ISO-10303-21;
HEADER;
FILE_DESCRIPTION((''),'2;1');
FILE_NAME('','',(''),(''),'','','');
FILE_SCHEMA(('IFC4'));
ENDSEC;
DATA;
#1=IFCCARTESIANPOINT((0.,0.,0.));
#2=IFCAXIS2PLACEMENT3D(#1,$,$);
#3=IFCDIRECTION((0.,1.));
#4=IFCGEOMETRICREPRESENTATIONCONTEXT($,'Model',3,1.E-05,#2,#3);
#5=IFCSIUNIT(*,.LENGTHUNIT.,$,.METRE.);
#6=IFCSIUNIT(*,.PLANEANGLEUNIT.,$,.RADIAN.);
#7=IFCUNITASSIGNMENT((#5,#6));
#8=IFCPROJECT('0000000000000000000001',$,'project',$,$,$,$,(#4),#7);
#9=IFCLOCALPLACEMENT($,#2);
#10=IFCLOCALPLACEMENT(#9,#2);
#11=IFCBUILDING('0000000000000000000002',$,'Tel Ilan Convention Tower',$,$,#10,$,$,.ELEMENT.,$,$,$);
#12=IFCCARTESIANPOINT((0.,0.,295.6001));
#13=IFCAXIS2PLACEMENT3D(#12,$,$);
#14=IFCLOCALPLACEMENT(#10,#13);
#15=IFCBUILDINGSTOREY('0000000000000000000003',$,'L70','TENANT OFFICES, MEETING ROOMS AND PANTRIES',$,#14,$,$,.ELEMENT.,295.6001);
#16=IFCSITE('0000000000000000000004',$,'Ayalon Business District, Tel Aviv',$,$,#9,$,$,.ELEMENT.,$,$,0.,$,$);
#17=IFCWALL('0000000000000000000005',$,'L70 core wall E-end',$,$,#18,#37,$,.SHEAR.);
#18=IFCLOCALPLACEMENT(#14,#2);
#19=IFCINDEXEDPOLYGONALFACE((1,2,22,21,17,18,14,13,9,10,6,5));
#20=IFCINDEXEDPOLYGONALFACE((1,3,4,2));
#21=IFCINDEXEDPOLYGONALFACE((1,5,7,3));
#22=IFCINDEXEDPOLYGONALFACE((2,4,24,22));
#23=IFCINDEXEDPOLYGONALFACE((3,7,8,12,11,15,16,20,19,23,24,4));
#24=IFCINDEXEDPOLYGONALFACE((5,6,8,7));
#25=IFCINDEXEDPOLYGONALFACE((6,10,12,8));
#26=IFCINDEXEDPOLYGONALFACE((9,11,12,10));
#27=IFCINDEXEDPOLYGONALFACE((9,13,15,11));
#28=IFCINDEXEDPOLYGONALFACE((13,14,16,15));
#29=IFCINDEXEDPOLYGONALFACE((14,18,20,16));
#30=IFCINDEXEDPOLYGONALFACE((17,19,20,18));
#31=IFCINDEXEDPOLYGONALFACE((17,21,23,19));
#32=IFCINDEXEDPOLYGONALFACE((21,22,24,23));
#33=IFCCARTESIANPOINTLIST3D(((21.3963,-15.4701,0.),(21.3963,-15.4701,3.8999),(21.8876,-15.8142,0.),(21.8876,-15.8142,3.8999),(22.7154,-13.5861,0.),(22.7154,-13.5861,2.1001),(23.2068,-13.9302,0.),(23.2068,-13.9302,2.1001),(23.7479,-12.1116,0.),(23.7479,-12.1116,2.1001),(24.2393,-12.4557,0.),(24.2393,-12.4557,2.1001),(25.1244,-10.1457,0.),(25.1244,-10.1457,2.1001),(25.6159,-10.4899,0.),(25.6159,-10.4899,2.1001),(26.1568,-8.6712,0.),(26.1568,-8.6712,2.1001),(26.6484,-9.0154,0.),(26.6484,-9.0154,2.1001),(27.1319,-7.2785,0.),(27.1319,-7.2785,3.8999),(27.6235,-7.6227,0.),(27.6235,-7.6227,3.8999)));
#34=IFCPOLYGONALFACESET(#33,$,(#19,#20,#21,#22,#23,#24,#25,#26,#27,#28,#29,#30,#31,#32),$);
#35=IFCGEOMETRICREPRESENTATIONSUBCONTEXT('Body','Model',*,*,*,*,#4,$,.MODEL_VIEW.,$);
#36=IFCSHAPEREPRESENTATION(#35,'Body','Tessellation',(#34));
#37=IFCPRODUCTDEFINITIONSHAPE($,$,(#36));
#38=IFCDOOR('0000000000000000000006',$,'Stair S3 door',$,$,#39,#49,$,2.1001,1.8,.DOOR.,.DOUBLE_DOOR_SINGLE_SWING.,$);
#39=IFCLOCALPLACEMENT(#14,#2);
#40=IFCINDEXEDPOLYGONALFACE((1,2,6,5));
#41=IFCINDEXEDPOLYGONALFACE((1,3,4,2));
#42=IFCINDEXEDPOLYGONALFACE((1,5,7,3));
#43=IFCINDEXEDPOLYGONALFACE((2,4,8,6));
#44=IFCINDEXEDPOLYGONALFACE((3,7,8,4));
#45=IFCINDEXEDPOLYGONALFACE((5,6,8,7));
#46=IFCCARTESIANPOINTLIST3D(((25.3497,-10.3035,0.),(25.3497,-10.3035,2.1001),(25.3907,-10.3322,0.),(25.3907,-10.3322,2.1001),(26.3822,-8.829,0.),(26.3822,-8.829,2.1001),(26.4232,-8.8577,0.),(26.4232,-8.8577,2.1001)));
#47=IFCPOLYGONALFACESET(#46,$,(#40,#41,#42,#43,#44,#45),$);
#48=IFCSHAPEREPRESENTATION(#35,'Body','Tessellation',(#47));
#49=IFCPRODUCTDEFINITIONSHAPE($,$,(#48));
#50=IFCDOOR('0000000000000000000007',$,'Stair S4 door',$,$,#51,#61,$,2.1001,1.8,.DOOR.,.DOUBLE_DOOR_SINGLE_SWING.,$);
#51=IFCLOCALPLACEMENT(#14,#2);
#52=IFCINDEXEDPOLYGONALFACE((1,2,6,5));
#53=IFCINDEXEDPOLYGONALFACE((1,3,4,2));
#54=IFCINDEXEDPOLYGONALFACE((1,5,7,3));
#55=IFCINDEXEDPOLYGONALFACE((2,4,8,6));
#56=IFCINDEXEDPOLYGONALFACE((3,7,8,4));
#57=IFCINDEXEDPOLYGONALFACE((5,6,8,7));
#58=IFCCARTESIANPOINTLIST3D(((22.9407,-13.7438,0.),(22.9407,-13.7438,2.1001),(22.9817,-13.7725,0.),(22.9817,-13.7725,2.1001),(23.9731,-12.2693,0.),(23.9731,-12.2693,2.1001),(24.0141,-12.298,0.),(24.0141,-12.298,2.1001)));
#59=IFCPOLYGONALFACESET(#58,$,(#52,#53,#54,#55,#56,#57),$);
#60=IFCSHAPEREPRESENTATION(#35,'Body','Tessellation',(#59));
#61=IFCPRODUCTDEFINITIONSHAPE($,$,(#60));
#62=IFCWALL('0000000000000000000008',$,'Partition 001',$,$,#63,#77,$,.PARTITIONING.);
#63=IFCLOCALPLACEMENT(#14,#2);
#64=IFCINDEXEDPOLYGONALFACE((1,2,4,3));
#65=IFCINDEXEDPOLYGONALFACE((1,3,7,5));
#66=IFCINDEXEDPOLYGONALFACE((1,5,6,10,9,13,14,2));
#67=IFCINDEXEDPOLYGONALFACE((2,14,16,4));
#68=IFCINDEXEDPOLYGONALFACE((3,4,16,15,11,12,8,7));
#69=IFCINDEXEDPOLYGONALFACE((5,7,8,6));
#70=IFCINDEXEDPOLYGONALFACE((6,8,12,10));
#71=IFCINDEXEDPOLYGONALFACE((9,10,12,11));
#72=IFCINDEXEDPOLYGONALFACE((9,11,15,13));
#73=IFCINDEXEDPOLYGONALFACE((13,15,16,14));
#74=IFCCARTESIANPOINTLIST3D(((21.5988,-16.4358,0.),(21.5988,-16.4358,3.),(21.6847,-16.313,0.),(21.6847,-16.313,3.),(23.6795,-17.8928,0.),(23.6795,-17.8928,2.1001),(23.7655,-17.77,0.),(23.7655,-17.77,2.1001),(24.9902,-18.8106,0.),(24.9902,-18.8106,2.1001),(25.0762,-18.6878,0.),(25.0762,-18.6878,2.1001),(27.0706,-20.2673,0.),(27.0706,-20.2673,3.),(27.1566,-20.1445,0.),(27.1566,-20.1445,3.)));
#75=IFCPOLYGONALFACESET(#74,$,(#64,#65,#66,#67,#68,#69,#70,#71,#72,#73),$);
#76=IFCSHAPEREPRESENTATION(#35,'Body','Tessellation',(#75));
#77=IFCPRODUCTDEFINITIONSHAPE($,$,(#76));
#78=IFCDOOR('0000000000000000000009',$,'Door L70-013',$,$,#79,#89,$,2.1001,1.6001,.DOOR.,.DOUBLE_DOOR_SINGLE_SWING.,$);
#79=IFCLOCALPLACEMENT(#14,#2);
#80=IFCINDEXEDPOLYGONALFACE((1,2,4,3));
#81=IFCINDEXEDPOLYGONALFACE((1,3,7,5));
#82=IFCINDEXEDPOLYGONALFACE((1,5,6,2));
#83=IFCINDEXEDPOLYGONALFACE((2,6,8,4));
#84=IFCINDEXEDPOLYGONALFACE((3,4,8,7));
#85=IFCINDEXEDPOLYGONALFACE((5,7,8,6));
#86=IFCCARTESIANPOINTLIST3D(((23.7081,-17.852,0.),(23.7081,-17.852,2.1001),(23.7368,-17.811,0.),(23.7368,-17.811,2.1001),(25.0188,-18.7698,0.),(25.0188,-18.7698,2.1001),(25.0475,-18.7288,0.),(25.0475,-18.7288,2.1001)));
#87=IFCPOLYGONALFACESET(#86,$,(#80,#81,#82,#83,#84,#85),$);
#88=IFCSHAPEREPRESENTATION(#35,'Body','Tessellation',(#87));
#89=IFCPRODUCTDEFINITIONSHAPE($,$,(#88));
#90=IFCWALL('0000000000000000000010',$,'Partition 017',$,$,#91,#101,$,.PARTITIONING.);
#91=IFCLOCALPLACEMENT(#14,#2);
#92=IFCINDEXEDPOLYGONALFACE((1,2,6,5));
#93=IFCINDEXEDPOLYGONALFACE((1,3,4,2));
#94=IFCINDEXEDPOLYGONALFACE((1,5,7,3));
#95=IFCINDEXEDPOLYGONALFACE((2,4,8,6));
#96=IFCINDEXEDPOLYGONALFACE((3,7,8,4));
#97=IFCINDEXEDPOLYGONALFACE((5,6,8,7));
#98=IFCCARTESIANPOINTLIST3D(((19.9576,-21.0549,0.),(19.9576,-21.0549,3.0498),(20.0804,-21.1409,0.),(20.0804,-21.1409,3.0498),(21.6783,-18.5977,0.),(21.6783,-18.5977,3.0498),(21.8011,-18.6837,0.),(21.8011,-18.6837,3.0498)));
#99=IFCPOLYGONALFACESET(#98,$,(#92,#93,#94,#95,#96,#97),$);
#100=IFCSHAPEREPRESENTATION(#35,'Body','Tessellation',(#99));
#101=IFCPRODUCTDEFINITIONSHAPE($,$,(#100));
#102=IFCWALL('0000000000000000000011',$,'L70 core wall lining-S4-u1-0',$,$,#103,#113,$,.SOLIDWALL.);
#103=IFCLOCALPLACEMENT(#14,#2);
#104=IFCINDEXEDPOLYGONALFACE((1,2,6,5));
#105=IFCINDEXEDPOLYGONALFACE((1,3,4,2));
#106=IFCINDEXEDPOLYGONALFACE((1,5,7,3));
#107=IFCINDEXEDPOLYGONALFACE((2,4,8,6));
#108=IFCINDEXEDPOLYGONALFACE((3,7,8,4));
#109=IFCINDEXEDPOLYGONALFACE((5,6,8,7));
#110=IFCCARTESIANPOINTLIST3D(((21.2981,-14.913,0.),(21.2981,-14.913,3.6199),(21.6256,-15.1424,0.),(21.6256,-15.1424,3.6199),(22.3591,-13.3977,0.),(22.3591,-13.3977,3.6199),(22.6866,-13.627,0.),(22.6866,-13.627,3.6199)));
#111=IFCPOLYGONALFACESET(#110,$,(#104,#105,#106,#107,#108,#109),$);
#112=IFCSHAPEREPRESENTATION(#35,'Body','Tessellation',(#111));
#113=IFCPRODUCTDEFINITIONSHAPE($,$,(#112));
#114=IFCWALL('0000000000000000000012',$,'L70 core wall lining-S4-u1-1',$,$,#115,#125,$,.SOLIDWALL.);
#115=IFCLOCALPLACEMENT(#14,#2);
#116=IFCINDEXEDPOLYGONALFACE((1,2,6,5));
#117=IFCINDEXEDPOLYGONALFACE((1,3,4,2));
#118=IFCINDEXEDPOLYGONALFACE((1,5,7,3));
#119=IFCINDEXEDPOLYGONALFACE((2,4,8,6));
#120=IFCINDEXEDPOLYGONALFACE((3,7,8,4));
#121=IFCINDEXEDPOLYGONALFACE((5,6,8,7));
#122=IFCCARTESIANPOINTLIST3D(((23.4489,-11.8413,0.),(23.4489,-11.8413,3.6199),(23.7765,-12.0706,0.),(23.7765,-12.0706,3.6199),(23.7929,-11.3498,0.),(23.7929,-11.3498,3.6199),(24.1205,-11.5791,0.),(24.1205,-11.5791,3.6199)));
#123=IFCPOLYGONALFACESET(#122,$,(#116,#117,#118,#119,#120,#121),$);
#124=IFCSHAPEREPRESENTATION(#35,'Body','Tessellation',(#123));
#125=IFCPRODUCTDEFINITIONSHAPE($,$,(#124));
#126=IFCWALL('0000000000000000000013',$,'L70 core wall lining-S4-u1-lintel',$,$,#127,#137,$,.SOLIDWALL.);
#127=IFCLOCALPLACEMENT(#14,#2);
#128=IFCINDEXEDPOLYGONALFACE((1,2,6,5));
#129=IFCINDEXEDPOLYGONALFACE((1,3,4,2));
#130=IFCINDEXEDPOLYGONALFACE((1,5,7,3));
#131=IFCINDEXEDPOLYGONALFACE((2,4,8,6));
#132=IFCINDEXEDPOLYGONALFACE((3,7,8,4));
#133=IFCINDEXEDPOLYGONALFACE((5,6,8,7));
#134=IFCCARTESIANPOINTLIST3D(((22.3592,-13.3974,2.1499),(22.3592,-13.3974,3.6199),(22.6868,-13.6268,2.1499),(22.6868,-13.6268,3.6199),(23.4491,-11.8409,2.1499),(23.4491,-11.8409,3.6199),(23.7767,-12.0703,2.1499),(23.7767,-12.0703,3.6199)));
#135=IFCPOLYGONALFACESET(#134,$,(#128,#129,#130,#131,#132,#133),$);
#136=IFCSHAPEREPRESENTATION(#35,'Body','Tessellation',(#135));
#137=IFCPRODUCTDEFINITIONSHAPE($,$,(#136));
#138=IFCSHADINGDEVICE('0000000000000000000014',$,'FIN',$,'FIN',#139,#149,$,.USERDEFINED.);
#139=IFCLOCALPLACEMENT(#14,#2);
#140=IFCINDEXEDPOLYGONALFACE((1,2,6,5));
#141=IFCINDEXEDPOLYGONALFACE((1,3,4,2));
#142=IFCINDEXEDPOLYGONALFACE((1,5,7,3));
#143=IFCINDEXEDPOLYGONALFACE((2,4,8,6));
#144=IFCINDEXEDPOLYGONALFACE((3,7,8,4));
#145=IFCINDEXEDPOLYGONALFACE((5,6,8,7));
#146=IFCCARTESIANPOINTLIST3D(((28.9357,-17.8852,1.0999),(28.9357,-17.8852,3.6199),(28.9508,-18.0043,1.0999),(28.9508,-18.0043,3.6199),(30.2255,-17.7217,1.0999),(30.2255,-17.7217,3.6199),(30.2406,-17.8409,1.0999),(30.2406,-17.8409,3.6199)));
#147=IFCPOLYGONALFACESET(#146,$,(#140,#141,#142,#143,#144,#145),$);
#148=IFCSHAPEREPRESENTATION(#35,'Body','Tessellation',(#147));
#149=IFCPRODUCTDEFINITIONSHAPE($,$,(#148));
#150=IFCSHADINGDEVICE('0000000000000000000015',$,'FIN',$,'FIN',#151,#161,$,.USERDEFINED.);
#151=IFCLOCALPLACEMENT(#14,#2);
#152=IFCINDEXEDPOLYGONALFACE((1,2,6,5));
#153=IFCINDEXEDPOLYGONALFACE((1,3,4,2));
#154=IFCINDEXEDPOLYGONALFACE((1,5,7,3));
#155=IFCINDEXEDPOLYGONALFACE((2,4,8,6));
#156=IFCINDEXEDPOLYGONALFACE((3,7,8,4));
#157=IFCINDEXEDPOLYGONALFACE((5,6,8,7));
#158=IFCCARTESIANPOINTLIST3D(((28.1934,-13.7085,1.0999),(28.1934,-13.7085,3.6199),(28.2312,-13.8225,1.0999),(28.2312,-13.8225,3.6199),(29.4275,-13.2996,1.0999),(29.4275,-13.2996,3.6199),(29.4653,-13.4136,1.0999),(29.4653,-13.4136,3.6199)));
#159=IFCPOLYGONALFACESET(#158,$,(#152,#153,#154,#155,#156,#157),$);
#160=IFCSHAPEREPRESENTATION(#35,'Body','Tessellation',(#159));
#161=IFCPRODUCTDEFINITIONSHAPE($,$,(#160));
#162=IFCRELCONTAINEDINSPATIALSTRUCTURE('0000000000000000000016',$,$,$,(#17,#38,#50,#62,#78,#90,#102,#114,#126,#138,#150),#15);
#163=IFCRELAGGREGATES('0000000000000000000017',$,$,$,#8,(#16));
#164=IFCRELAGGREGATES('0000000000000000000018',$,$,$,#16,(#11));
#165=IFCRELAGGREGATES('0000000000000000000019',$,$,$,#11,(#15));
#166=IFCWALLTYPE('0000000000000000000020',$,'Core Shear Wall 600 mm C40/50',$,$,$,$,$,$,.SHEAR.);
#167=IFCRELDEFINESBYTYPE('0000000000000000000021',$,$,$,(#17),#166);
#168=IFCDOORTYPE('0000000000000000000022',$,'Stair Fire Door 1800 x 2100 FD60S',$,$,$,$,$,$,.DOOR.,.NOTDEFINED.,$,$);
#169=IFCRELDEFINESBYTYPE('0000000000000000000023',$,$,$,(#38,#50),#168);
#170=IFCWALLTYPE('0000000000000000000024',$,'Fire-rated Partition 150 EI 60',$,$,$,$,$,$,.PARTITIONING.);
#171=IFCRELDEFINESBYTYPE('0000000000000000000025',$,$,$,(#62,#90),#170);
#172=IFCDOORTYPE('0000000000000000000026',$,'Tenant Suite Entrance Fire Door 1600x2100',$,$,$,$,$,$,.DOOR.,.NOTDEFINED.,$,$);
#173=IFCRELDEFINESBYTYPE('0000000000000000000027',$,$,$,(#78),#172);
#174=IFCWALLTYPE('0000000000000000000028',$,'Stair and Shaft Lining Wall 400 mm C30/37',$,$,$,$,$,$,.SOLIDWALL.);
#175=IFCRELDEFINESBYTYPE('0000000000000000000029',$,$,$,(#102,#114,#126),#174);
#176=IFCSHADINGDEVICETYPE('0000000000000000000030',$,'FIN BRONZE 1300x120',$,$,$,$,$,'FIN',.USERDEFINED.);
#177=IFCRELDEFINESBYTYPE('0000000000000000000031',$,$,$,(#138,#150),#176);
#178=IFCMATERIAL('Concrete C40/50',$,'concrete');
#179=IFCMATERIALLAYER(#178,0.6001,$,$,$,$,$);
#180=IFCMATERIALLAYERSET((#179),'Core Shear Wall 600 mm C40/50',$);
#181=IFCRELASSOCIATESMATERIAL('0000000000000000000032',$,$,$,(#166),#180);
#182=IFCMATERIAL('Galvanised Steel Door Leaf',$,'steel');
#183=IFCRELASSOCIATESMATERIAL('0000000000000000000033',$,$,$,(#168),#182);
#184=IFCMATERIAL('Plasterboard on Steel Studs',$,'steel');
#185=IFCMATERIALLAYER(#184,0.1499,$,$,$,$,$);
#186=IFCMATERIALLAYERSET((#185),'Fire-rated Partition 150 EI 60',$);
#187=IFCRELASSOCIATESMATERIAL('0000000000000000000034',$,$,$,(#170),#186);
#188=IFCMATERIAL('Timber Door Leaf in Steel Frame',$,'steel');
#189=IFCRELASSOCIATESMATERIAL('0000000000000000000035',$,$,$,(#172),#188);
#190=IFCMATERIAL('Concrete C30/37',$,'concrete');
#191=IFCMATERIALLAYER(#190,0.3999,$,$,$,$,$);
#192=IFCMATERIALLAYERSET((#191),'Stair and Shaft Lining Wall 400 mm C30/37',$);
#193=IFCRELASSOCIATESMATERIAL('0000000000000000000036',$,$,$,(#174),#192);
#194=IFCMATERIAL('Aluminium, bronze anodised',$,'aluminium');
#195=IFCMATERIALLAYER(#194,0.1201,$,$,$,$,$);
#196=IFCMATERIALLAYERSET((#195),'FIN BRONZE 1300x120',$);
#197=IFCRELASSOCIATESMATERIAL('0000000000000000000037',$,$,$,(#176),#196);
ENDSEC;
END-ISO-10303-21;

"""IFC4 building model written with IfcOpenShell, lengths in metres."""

from ifc_helpers import new_model, si_unit, direction, frame, frame_2d, origin, origin_2d, place, context, subcontext, project, spatial, polyline, rectangle, outline, extrude, material, layer, layer_set, type_object, element, fill, save


model = new_model("IFC4")

# Units and contexts
model_context = context("Model", 3, precision=1e-05, world=origin(), true_north=direction((0.0, 1.0)))
body_context = subcontext(model_context, "Body", "Model", "MODEL_VIEW")
ifc_project = project(units=[si_unit("LENGTHUNIT", "METRE"), si_unit("PLANEANGLEUNIT", "RADIAN")], contexts=[model_context])

# Site, building, storey
site_placement = place(None, origin())
site = spatial("IfcSite", under=ifc_project, at=site_placement, Name="Ayalon Business District, Tel Aviv", CompositionType="ELEMENT", RefElevation=0.0)
building_placement = place(site_placement, origin())
building = spatial("IfcBuilding", under=site, at=building_placement, Name="Tel Ilan Convention Tower", CompositionType="ELEMENT")
storey_placement = place(building_placement, frame((0.0, 0.0, 295.6001)))
storey = spatial("IfcBuildingStorey", under=building, at=storey_placement, Name="L70", Description="TENANT OFFICES, MEETING ROOMS AND PANTRIES", CompositionType="ELEMENT", Elevation=295.6001)

# Wall, openings, doors
ifc_material_1 = material(Name="Concrete C40/50", Category="concrete")
ifc_layer_1 = layer(ifc_material_1, 0.6001)
ifc_layer_set_1 = layer_set([ifc_layer_1], Name="Core Shear Wall 600 mm C40/50")
wall_type_1 = type_object("IfcWallType", Name="Core Shear Wall 600 mm C40/50", PredefinedType="SHEAR", material=ifc_layer_set_1)
wall_1_placement = place(storey_placement, frame((21.6418, -15.6421, 0.0), z_axis=(0.0, 0.0, 1.0), x_axis=(0.573587, 0.819145, 0.0)))
wall_1 = element("IfcWall", 1, at=wall_1_placement, inside=storey, type_object=wall_type_1, Name="L70 core wall E-end", PredefinedType="SHEAR", context=body_context, shape_type="SweptSolid", body=[
    extrude(outline(polyline([(10.0, 0.3), (0.0, 0.2998), (0.0, -0.3), (10.0, -0.3), (10.0, 0.3)])), origin(), (0.0, 0.0, 1.0), 3.8999),
])
opening_1_placement = place(wall_1_placement, frame((6.5, 0.0, 0.0)))
opening_1 = element("IfcOpeningElement", 2, at=opening_1_placement, cuts=wall_1, PredefinedType="OPENING", context=body_context, shape_type="SweptSolid", body=[
    extrude(rectangle(XDim=1.8, YDim=2.1001, at=frame_2d((0.8999, 1.05))), frame((0.0, 0.3101, 0.0), z_axis=(0.0, -1.0, 0.0), x_axis=(1.0, 0.0, 0.0)), (0.0, 0.0, 1.0), 0.6201),
])
opening_2_placement = place(wall_1_placement, frame((2.3, 0.0, 0.0)))
opening_2 = element("IfcOpeningElement", 3, at=opening_2_placement, cuts=wall_1, PredefinedType="OPENING", context=body_context, shape_type="SweptSolid", body=[
    extrude(rectangle(XDim=1.8, YDim=2.1001, at=frame_2d((0.8999, 1.05))), frame((0.0, 0.3101, 0.0), z_axis=(0.0, -1.0, 0.0), x_axis=(1.0, 0.0, 0.0)), (0.0, 0.0, 1.0), 0.6201),
])
ifc_material_2 = material(Name="Galvanised Steel Door Leaf", Category="steel")
door_type_1 = type_object("IfcDoorType", Name="Stair Fire Door 1800 x 2100 FD60S", OperationType="NOTDEFINED", PredefinedType="DOOR", material=ifc_material_2)
door_1_placement = place(opening_1_placement, origin())
door_1 = element("IfcDoor", 4, at=door_1_placement, inside=storey, type_object=door_type_1, Name="Stair S3 door", OperationType="DOUBLE_DOOR_SINGLE_SWING", OverallHeight=2.1001, OverallWidth=1.8, PredefinedType="DOOR", context=body_context, shape_type="SweptSolid", body=[
    extrude(rectangle(XDim=1.8, YDim=2.1001, at=frame_2d((0.8999, 1.05))), frame((0.0, 0.0249, 0.0), z_axis=(0.0, -1.0, 0.0), x_axis=(1.0, 0.0, 0.0)), (0.0, 0.0, 1.0), 0.05),
])
fill(opening_1, door_1)
door_2_placement = place(opening_2_placement, origin())
door_2 = element("IfcDoor", 5, at=door_2_placement, inside=storey, type_object=door_type_1, Name="Stair S4 door", OperationType="DOUBLE_DOOR_SINGLE_SWING", OverallHeight=2.1001, OverallWidth=1.8, PredefinedType="DOOR", context=body_context, shape_type="SweptSolid", body=[
    extrude(rectangle(XDim=1.8, YDim=2.1001, at=frame_2d((0.8999, 1.05))), frame((0.0, 0.0249, 0.0), z_axis=(0.0, -1.0, 0.0), x_axis=(1.0, 0.0, 0.0)), (0.0, 0.0, 1.0), 0.05),
])
fill(opening_2, door_2)

# Wall, opening, door
ifc_material_3 = material(Name="Plasterboard on Steel Studs", Category="steel")
ifc_layer_2 = layer(ifc_material_3, 0.1499)
ifc_layer_set_2 = layer_set([ifc_layer_2], Name="Fire-rated Partition 150 EI 60")
wall_type_2 = type_object("IfcWallType", Name="Fire-rated Partition 150 EI 60", PredefinedType="PARTITIONING", material=ifc_layer_set_2)
wall_2_placement = place(storey_placement, frame((21.6418, -16.3745, 0.0), z_axis=(0.0, 0.0, 1.0), x_axis=(0.819148, -0.573583, 0.0)))
wall_2 = element("IfcWall", 6, at=wall_2_placement, inside=storey, type_object=wall_type_2, Name="Partition 001", PredefinedType="PARTITIONING", context=body_context, shape_type="SweptSolid", body=[
    extrude(rectangle(XDim=6.6799, YDim=0.1499, at=frame_2d((3.3398, 0.0))), origin(), (0.0, 0.0, 1.0), 3.0),
])
opening_3_placement = place(wall_2_placement, frame((2.54, 0.0, 0.0)))
opening_3 = element("IfcOpeningElement", 7, at=opening_3_placement, cuts=wall_2, PredefinedType="OPENING", context=body_context, shape_type="SweptSolid", body=[
    extrude(rectangle(XDim=1.6001, YDim=2.1001, at=frame_2d((0.8, 1.05))), frame((0.0, 0.085, 0.0), z_axis=(0.0, -1.0, 0.0), x_axis=(1.0, 0.0, 0.0)), (0.0, 0.0, 1.0), 0.1699),
])
ifc_material_4 = material(Name="Timber Door Leaf in Steel Frame", Category="steel")
door_type_2 = type_object("IfcDoorType", Name="Tenant Suite Entrance Fire Door 1600x2100", OperationType="NOTDEFINED", PredefinedType="DOOR", material=ifc_material_4)
door_3_placement = place(opening_3_placement, origin())
door_3 = element("IfcDoor", 8, at=door_3_placement, inside=storey, type_object=door_type_2, Name="Door L70-013", OperationType="DOUBLE_DOOR_SINGLE_SWING", OverallHeight=2.1001, OverallWidth=1.6001, PredefinedType="DOOR", context=body_context, shape_type="SweptSolid", body=[
    extrude(rectangle(XDim=1.6001, YDim=2.1001, at=frame_2d((0.8, 1.05))), frame((0.0, 0.0249, 0.0), z_axis=(0.0, -1.0, 0.0), x_axis=(1.0, 0.0, 0.0)), (0.0, 0.0, 1.0), 0.05),
])
fill(opening_3, door_3)

# Walls
wall_3_placement = place(storey_placement, frame((21.7397, -18.6406, 0.0), z_axis=(0.0, 0.0, 1.0), x_axis=(-0.573599, -0.819136, 0.0)))
element("IfcWall", 9, at=wall_3_placement, inside=storey, type_object=wall_type_2, Name="Partition 017", PredefinedType="PARTITIONING", context=body_context, shape_type="SweptSolid", body=[
    extrude(rectangle(XDim=2.9998, YDim=0.1499, at=frame_2d((1.5, 0.0))), origin(), (0.0, 0.0, 1.0), 3.0498),
])
ifc_material_5 = material(Name="Concrete C30/37", Category="concrete")
ifc_layer_3 = layer(ifc_material_5, 0.3999)
ifc_layer_set_3 = layer_set([ifc_layer_3], Name="Stair and Shaft Lining Wall 400 mm C30/37")
wall_type_3 = type_object("IfcWallType", Name="Stair and Shaft Lining Wall 400 mm C30/37", PredefinedType="SOLIDWALL", material=ifc_layer_set_3)
wall_4_placement = place(storey_placement, frame((21.4619, -15.0276, 0.0), z_axis=(0.0, 0.0, 1.0), x_axis=(0.57356, 0.819164, 0.0)))
element("IfcWall", 10, at=wall_4_placement, inside=storey, type_object=wall_type_3, Name="L70 core wall lining-S4-u1-0", PredefinedType="SOLIDWALL", context=body_context, shape_type="SweptSolid", body=[
    extrude(rectangle(XDim=1.8499, YDim=0.3999, at=frame_2d((0.9248, 0.0))), origin(), (0.0, 0.0, 1.0), 3.6199),
])
wall_5_placement = place(storey_placement, frame((23.6128, -11.9558, 0.0), z_axis=(0.0, 0.0, 1.0), x_axis=(0.573435, 0.819251, 0.0)))
element("IfcWall", 11, at=wall_5_placement, inside=storey, type_object=wall_type_3, Name="L70 core wall lining-S4-u1-1", PredefinedType="SOLIDWALL", context=body_context, shape_type="SweptSolid", body=[
    extrude(rectangle(XDim=0.5999, YDim=0.3999, at=frame_2d((0.2998, 0.0))), origin(), (0.0, 0.0, 1.0), 3.6199),
])
wall_6_placement = place(storey_placement, frame((22.5229, -13.5122, 2.1499), z_axis=(0.0, 0.0, 1.0), x_axis=(0.573592, 0.819141, 0.0)))
element("IfcWall", 12, at=wall_6_placement, inside=storey, type_object=wall_type_3, Name="L70 core wall lining-S4-u1-lintel", PredefinedType="SOLIDWALL", context=body_context, shape_type="SweptSolid", body=[
    extrude(rectangle(XDim=1.9001, YDim=0.3999, at=frame_2d((0.9502, 0.0))), origin(), (0.0, 0.0, 1.0), 1.47),
])

# Shading devices
ifc_material_6 = material(Name="Aluminium, bronze anodised", Category="aluminium")
ifc_layer_4 = layer(ifc_material_6, 0.1201)
ifc_layer_set_4 = layer_set([ifc_layer_4], Name="FIN BRONZE 1300x120")
shading_device_type = type_object("IfcShadingDeviceType", Name="FIN BRONZE 1300x120", ElementType="FIN", PredefinedType="USERDEFINED", material=ifc_layer_set_4)
for number, where, z_axis, x_axis, name in (
    (13, (29.5881, -17.863, 1.0999), (0.0, 0.0, 1.0), (0.992066, 0.125718, 0.0), "FIN"),
    (14, (28.8293, -13.561, 1.0999), (0.0, 0.0, 1.0), (0.949243, 0.314545, 0.0), "FIN"),
):
    element("IfcShadingDevice", number, at=place(storey_placement, frame(where, z_axis=z_axis, x_axis=x_axis)), inside=storey, type_object=shading_device_type, Name=name, ObjectType="FIN", PredefinedType="USERDEFINED", context=body_context, shape_type="SweptSolid", body=[
        extrude(rectangle(XDim=1.3, YDim=0.1201, at=origin_2d()), origin(), (0.0, 0.0, 1.0), 2.52),
    ])

save(model, "model.ifc")
